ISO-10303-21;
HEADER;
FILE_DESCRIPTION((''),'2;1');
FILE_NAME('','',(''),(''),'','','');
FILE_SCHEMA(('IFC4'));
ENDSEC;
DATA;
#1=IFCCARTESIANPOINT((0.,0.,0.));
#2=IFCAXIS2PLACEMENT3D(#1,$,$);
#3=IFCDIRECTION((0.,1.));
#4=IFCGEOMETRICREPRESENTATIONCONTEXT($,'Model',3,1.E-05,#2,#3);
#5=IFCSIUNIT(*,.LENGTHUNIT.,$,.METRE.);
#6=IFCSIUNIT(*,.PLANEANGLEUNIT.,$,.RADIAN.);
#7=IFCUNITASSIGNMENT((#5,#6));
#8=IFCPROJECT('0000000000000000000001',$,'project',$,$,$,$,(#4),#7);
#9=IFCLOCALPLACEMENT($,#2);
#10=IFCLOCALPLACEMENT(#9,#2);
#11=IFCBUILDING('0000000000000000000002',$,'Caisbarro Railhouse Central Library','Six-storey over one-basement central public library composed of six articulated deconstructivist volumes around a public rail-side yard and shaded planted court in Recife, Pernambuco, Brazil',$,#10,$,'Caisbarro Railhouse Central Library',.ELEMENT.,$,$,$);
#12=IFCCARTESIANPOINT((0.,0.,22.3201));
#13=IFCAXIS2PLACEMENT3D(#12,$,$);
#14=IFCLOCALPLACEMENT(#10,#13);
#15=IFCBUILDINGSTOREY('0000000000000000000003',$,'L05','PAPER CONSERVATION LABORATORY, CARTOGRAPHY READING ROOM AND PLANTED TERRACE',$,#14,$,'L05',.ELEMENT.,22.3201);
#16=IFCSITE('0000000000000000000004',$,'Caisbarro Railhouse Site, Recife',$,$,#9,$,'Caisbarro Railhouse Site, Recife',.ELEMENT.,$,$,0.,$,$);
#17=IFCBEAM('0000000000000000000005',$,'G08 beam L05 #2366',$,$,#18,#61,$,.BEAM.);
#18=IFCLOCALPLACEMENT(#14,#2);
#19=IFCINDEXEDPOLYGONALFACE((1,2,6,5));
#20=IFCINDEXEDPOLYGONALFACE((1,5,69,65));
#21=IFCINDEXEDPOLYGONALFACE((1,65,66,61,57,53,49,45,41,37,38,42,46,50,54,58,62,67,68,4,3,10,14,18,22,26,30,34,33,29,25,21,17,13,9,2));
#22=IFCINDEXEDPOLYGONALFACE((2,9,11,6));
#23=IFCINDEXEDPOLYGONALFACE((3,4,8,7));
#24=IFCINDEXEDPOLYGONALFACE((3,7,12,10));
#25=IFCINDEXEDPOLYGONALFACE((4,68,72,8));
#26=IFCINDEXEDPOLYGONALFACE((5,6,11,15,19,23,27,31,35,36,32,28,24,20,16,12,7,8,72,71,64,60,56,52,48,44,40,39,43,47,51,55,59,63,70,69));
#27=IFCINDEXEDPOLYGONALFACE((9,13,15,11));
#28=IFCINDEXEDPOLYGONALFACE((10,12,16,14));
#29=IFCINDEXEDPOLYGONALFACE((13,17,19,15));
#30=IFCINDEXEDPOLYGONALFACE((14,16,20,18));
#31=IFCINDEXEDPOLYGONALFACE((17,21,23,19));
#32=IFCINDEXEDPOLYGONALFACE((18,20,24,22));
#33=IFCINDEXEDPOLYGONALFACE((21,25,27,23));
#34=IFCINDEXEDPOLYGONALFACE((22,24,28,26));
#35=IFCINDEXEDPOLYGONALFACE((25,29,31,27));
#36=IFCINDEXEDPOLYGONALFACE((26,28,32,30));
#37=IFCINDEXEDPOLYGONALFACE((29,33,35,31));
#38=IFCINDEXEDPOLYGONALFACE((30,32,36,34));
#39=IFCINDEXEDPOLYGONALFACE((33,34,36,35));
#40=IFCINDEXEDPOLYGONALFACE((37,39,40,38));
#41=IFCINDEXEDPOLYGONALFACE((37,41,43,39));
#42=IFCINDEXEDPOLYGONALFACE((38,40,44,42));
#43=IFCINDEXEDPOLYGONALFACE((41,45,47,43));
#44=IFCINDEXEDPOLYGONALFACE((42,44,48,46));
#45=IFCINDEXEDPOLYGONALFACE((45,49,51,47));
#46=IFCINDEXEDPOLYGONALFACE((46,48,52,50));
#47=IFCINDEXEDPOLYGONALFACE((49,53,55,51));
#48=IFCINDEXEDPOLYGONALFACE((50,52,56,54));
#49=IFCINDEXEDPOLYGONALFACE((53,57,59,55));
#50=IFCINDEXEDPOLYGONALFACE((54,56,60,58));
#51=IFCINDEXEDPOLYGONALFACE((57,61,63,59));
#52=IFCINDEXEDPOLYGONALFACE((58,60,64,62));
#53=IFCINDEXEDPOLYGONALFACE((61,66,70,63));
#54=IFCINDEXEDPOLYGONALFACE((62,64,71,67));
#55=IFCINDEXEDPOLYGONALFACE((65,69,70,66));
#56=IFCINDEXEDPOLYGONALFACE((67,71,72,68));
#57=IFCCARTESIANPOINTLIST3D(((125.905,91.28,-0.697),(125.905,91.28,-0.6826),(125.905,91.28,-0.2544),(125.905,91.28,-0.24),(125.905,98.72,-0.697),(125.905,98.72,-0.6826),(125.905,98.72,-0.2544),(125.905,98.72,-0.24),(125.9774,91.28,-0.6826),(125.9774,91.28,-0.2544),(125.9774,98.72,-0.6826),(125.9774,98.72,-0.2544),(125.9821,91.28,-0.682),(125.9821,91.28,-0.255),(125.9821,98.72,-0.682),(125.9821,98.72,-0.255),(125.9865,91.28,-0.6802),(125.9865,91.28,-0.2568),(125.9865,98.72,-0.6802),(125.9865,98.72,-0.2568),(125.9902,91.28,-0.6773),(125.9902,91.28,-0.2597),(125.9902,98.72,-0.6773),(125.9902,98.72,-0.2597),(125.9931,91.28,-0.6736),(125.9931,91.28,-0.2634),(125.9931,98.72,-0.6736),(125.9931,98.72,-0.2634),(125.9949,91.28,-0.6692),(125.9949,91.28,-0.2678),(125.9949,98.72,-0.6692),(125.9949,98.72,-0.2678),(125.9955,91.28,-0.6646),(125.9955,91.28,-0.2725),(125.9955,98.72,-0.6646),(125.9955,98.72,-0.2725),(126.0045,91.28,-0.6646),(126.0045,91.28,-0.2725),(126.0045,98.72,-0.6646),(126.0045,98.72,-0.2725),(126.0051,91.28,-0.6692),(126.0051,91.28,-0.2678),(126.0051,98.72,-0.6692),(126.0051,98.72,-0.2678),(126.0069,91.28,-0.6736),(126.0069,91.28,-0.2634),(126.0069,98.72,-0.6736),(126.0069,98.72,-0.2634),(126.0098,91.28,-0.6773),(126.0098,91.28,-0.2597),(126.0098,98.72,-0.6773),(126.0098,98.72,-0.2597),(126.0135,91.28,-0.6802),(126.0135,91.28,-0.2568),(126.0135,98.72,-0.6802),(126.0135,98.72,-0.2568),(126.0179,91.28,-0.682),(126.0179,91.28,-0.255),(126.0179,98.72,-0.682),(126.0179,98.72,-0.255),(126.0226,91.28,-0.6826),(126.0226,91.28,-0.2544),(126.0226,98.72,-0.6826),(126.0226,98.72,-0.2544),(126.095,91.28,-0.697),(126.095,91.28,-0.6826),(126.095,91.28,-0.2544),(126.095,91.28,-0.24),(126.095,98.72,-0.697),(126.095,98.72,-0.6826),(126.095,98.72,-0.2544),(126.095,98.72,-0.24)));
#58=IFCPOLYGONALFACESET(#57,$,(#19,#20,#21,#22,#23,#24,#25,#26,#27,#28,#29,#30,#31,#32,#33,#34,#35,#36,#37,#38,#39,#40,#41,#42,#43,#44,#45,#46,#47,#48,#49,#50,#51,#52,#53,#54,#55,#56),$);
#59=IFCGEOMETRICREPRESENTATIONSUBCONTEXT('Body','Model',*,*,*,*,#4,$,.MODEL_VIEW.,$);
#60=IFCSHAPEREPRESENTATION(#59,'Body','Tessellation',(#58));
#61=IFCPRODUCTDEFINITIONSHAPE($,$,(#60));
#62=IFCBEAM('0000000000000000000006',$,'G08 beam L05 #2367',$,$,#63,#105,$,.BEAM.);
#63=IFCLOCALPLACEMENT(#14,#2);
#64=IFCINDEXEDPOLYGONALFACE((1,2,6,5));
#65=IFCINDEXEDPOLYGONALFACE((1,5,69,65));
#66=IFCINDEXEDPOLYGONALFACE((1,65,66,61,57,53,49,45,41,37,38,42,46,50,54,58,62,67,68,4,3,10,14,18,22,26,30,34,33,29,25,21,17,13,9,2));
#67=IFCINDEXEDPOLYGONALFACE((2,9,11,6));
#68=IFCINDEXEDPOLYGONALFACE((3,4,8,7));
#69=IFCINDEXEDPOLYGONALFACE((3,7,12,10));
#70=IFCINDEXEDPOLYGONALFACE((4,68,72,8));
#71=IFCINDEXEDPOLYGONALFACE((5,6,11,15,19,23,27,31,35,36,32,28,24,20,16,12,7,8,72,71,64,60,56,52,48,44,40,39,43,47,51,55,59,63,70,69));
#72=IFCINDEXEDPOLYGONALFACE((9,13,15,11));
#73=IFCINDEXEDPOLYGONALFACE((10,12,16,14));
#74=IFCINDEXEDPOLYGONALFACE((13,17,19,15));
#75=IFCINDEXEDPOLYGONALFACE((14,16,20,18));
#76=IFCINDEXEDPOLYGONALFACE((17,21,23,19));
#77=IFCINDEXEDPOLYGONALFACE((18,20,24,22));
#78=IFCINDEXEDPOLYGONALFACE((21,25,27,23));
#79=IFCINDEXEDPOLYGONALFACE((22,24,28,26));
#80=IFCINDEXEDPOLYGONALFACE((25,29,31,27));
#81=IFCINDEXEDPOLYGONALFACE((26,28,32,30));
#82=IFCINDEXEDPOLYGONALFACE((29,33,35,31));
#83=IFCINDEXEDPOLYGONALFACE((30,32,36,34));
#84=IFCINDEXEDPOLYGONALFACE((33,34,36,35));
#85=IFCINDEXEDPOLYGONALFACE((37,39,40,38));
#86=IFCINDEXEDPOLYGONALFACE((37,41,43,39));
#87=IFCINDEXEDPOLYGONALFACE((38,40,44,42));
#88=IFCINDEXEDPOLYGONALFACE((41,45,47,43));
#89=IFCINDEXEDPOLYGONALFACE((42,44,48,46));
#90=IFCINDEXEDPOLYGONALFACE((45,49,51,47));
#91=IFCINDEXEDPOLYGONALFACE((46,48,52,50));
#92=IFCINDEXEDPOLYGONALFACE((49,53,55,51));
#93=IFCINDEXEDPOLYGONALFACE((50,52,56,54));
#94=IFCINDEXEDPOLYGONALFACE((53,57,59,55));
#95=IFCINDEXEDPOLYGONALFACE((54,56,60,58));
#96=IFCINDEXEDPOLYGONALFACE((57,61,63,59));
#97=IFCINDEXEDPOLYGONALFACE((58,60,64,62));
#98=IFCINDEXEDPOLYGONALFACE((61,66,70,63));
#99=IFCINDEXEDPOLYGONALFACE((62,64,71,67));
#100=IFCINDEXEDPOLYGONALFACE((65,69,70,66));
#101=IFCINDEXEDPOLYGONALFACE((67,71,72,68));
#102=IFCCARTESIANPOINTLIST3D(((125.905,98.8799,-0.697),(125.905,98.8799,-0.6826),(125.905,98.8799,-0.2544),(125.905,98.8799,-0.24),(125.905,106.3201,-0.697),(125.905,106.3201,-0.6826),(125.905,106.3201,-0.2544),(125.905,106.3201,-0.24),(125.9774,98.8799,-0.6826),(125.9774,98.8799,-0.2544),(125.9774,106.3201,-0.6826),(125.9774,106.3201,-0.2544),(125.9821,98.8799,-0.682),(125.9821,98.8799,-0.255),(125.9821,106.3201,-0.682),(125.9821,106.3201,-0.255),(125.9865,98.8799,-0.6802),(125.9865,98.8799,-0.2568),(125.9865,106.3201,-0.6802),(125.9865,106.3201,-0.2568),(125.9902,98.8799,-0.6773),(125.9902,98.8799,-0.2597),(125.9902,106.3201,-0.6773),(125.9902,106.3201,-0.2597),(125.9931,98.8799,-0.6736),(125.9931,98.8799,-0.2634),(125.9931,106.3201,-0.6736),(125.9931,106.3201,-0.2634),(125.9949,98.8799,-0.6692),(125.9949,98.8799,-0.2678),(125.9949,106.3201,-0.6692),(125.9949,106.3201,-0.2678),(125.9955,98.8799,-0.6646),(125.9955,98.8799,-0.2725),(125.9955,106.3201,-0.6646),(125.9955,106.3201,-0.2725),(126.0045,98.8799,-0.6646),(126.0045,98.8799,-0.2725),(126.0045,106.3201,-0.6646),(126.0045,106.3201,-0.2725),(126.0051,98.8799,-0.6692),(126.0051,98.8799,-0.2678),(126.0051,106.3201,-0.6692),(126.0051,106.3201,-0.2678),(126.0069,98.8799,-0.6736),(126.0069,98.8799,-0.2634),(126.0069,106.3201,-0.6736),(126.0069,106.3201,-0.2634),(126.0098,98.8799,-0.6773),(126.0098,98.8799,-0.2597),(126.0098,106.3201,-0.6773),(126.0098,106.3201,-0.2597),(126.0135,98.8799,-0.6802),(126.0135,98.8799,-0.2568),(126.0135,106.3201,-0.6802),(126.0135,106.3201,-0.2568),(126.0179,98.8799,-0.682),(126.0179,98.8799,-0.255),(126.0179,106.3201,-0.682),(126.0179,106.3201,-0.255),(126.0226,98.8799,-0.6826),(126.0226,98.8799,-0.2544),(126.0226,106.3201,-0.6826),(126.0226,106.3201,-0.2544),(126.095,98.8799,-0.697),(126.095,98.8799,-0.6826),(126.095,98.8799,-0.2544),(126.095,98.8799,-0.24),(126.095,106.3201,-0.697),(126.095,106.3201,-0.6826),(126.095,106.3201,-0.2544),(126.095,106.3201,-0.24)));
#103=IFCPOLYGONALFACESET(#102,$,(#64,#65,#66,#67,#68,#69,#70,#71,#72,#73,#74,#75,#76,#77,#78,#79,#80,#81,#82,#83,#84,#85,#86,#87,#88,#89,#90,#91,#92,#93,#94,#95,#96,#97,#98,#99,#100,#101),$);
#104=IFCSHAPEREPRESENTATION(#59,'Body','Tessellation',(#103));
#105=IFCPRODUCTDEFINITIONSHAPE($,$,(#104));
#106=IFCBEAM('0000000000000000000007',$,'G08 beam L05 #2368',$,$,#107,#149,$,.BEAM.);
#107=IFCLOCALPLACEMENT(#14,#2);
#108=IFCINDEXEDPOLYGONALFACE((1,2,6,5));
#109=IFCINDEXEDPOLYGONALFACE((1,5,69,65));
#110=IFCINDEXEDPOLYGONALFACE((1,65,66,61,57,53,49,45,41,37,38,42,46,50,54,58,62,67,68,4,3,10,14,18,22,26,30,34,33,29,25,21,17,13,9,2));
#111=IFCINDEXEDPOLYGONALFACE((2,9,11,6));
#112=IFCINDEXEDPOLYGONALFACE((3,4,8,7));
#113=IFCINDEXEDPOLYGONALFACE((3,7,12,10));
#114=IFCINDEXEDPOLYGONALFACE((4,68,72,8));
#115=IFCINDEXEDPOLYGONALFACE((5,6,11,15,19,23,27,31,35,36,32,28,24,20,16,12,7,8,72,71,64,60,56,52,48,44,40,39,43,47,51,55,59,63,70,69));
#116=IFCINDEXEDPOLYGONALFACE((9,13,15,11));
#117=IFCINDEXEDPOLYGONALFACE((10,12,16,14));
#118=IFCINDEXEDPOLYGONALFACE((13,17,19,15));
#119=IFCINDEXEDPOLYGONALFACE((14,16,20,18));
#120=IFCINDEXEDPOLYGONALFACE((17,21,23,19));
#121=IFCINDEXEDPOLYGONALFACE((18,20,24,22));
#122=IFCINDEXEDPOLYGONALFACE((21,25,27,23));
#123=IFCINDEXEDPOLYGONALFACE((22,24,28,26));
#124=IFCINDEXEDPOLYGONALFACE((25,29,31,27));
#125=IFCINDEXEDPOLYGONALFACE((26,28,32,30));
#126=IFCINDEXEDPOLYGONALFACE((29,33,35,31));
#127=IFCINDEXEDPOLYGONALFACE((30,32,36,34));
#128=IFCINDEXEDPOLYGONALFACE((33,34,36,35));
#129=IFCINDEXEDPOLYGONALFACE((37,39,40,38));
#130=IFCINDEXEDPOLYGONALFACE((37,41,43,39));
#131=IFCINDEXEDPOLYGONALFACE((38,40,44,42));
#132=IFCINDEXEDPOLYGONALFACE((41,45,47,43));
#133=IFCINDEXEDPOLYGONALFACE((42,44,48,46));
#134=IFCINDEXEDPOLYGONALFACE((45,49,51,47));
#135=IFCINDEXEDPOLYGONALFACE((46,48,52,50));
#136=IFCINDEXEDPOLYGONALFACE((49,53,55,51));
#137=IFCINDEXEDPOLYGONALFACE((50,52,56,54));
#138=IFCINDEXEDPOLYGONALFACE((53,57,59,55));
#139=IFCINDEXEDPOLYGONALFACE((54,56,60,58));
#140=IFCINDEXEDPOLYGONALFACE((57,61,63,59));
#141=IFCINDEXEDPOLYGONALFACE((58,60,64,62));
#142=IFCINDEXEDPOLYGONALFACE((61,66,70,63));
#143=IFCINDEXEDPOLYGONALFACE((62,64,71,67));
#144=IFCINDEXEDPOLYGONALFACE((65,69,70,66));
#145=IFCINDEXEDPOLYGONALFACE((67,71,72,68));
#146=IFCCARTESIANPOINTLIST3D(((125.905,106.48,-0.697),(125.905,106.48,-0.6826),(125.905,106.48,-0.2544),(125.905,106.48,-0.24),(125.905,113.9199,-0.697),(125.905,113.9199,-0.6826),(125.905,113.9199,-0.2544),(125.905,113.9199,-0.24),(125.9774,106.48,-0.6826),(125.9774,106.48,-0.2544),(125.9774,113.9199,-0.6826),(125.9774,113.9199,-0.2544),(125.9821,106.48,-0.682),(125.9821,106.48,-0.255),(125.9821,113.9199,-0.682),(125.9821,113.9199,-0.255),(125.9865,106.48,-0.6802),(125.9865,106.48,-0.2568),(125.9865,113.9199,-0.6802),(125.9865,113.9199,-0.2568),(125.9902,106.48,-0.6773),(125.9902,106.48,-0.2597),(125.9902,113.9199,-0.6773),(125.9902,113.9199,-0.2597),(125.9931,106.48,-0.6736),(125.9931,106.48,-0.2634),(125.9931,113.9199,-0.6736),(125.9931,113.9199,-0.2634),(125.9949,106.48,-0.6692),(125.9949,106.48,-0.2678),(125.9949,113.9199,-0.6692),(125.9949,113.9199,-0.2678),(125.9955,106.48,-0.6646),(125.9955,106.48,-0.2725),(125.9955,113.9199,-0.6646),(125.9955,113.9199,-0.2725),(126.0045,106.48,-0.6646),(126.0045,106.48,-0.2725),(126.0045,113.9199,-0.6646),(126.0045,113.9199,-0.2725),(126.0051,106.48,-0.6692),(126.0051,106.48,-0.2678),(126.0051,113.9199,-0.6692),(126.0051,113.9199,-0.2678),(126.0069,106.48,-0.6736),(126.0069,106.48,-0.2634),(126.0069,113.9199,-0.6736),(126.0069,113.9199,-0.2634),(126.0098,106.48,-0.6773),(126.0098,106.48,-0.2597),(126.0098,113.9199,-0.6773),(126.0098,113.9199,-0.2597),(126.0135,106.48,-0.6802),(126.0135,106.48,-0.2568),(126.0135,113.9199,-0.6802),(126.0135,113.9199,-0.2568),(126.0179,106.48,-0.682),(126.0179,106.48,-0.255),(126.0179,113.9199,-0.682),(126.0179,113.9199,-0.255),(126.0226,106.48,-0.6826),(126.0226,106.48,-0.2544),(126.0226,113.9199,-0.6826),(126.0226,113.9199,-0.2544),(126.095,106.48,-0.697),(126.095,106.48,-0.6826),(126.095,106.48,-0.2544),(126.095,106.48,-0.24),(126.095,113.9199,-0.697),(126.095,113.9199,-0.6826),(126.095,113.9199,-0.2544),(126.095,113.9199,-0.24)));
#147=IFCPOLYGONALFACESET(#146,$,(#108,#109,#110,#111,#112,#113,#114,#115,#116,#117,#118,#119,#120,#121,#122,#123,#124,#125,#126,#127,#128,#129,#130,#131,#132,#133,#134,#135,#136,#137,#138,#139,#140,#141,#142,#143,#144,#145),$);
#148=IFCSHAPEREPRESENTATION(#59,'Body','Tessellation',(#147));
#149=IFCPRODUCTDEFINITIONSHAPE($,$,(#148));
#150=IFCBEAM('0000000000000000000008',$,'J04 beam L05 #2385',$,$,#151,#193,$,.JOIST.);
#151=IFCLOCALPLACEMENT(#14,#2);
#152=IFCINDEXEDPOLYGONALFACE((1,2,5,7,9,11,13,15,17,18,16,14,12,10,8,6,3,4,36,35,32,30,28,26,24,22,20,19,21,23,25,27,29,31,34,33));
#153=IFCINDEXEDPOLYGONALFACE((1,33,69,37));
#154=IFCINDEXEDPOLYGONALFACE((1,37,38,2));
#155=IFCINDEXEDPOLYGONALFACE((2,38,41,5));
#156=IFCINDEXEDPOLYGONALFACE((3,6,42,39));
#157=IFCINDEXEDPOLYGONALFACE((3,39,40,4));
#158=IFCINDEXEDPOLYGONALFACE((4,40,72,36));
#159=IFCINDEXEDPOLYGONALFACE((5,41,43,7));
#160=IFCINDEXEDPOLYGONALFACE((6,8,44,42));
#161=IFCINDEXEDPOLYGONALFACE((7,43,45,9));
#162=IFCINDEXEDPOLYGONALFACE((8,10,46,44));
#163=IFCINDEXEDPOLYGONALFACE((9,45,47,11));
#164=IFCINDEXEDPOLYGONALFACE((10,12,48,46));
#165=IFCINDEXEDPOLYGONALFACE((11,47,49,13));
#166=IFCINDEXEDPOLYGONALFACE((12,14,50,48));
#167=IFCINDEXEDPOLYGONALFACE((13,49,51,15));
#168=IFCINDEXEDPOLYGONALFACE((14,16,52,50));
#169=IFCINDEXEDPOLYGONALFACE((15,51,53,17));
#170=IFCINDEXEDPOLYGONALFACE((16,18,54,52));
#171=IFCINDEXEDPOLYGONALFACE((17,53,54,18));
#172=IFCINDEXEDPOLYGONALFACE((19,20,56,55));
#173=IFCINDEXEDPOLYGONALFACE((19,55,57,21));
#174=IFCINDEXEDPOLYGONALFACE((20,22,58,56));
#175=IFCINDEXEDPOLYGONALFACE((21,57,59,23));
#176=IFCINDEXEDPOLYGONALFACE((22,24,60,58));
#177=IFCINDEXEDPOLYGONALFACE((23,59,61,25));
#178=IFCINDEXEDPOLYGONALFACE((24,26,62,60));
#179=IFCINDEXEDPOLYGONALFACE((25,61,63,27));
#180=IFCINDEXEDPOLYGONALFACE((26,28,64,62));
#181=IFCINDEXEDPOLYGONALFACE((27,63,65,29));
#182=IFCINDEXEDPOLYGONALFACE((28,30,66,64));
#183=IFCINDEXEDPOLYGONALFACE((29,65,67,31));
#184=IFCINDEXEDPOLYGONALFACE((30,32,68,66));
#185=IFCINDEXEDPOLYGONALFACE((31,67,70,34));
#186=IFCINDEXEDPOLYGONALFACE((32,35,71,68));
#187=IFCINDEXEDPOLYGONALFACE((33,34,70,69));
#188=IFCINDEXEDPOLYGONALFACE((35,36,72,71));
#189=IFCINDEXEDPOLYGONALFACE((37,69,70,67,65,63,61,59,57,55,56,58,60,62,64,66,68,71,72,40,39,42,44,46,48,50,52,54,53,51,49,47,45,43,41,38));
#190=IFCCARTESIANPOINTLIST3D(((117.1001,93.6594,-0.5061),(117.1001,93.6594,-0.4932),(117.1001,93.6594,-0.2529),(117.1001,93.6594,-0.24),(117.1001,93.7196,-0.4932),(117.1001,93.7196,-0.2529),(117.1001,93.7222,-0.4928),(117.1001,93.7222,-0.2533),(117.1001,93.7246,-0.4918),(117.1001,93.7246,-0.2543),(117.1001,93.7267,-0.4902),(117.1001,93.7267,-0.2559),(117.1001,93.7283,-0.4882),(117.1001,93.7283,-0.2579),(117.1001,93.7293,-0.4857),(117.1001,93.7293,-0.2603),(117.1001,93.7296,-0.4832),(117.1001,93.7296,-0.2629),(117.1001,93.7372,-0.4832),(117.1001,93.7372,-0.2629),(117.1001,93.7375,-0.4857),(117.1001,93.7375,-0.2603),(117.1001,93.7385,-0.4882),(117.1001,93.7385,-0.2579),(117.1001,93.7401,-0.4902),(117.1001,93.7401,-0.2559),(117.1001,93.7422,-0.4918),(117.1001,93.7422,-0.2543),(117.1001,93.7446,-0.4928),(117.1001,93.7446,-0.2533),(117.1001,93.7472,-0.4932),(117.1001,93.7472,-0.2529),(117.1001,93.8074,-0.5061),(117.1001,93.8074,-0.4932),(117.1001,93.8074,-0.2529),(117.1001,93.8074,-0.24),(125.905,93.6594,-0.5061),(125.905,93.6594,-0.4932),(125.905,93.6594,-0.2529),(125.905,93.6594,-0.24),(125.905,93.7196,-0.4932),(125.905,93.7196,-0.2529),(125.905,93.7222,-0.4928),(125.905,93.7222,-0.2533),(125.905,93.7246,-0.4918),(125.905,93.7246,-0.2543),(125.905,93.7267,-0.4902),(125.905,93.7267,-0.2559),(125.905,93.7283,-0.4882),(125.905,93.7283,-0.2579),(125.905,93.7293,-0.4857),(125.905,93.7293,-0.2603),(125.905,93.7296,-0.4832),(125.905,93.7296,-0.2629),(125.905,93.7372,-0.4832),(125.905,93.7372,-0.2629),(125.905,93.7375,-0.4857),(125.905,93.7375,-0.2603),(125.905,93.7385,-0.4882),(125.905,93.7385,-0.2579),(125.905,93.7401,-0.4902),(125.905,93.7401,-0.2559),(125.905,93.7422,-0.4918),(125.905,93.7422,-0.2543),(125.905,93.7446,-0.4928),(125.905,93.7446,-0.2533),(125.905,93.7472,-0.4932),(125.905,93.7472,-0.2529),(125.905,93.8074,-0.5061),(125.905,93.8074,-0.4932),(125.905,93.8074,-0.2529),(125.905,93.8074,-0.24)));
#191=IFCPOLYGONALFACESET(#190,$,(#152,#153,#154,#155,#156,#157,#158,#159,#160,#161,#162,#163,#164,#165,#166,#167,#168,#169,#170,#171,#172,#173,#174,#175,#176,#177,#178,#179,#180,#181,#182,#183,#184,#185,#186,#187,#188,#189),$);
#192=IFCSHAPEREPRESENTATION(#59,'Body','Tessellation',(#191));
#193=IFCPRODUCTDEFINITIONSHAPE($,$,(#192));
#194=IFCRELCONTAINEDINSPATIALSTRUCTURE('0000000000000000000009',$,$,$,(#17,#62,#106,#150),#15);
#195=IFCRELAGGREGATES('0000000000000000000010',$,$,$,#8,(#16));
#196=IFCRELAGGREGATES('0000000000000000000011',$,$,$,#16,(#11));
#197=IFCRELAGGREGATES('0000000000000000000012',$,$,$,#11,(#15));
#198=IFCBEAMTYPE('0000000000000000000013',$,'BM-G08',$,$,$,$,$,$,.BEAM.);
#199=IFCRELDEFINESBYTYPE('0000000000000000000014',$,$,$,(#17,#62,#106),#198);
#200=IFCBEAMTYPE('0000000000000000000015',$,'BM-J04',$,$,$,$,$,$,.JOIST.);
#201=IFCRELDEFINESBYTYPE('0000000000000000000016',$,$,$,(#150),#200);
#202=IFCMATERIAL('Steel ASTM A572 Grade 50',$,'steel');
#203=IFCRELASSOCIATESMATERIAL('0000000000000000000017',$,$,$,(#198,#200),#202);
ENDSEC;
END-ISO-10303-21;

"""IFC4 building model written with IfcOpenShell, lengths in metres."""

from ifc_helpers import new_model, si_unit, direction, frame, origin, origin_2d, place, context, subcontext, project, spatial, i_section, extrude, material, material_profile, profile_set, type_object, element, save


model = new_model("IFC4")

# Units and contexts
model_context = context("Model", 3, precision=1e-05, world=origin(), true_north=direction((0.0, 1.0)))
body_context = subcontext(model_context, "Body", "Model", "MODEL_VIEW")
ifc_project = project(units=[si_unit("LENGTHUNIT", "METRE"), si_unit("PLANEANGLEUNIT", "RADIAN")], contexts=[model_context])

# Site, building, storey
site_placement = place(None, origin())
site = spatial("IfcSite", under=ifc_project, at=site_placement, Name="Caisbarro Railhouse Site, Recife", LongName="Caisbarro Railhouse Site, Recife", CompositionType="ELEMENT", RefElevation=0.0)
building_placement = place(site_placement, origin())
building = spatial("IfcBuilding", under=site, at=building_placement, Name="Caisbarro Railhouse Central Library", Description="Six-storey over one-basement central public library composed of six articulated deconstructivist volumes around a public rail-side yard and shaded planted court in Recife, Pernambuco, Brazil", LongName="Caisbarro Railhouse Central Library", CompositionType="ELEMENT")
storey_placement = place(building_placement, frame((0.0, 0.0, 22.3201)))
storey = spatial("IfcBuildingStorey", under=building, at=storey_placement, Name="L05", Description="PAPER CONSERVATION LABORATORY, CARTOGRAPHY READING ROOM AND PLANTED TERRACE", LongName="L05", CompositionType="ELEMENT", Elevation=22.3201)

# Beams
ifc_material_1 = material(Name="Steel ASTM A572 Grade 50", Category="steel")
ifc_material_profile_1 = material_profile(ifc_material_1, i_section(OverallWidth=0.1899, OverallDepth=0.457, WebThickness=0.009, FlangeThickness=0.0144, FilletRadius=0.0181, at=origin_2d()), Name="W460X74.0")
ifc_profile_set_1 = profile_set([ifc_material_profile_1], Name="Steel ASTM A572 Grade 50")
beam_type_1 = type_object("IfcBeamType", Name="BM-G08", PredefinedType="BEAM", material=ifc_profile_set_1)
beam_1_placement = place(storey_placement, frame((126.0, 91.28, -0.4685), z_axis=(0.0, 1.0, 0.0), x_axis=(-1.0, 0.0, 0.0)))
element("IfcBeam", 1, at=beam_1_placement, inside=storey, type_object=beam_type_1, Name="G08 beam L05 #2366", PredefinedType="BEAM", context=body_context, shape_type="SweptSolid", body=[
    extrude(i_section(OverallWidth=0.1899, OverallDepth=0.457, WebThickness=0.009, FlangeThickness=0.0144, FilletRadius=0.0181, at=origin_2d()), origin(), (0.0, 0.0, 1.0), 7.4399),
])
beam_2_placement = place(storey_placement, frame((126.0, 98.8799, -0.4685), z_axis=(0.0, 1.0, 0.0), x_axis=(-1.0, 0.0, 0.0)))
element("IfcBeam", 2, at=beam_2_placement, inside=storey, type_object=beam_type_1, Name="G08 beam L05 #2367", PredefinedType="BEAM", context=body_context, shape_type="SweptSolid", body=[
    extrude(i_section(OverallWidth=0.1899, OverallDepth=0.457, WebThickness=0.009, FlangeThickness=0.0144, FilletRadius=0.0181, at=origin_2d()), origin(), (0.0, 0.0, 1.0), 7.4402),
])
beam_3_placement = place(storey_placement, frame((126.0, 106.48, -0.4685), z_axis=(0.0, 1.0, 0.0), x_axis=(-1.0, 0.0, 0.0)))
element("IfcBeam", 3, at=beam_3_placement, inside=storey, type_object=beam_type_1, Name="G08 beam L05 #2368", PredefinedType="BEAM", context=body_context, shape_type="SweptSolid", body=[
    extrude(i_section(OverallWidth=0.1899, OverallDepth=0.457, WebThickness=0.009, FlangeThickness=0.0144, FilletRadius=0.0181, at=origin_2d()), origin(), (0.0, 0.0, 1.0), 7.4399),
])
ifc_material_profile_2 = material_profile(ifc_material_1, i_section(OverallWidth=0.1479, OverallDepth=0.2661, WebThickness=0.0076, FlangeThickness=0.0129, FilletRadius=0.01, at=origin_2d()), Name="W250X44.8")
ifc_profile_set_2 = profile_set([ifc_material_profile_2], Name="Steel ASTM A572 Grade 50")
beam_type_2 = type_object("IfcBeamType", Name="BM-J04", PredefinedType="JOIST", material=ifc_profile_set_2)
for number, where, z_axis, x_axis, name in (
    (4, (117.1001, 93.7334, -0.373), (1.0, 0.0, 0.0), (0.0, 1.0, 0.0), "J04 beam L05 #2385"),
):
    element("IfcBeam", number, at=place(storey_placement, frame(where, z_axis=z_axis, x_axis=x_axis)), inside=storey, type_object=beam_type_2, Name=name, PredefinedType="JOIST", context=body_context, shape_type="SweptSolid", body=[
        extrude(i_section(OverallWidth=0.1479, OverallDepth=0.2661, WebThickness=0.0076, FlangeThickness=0.0129, FilletRadius=0.01, at=origin_2d()), origin(), (0.0, 0.0, 1.0), 8.8049),
    ])

save(model, "model.ifc")
